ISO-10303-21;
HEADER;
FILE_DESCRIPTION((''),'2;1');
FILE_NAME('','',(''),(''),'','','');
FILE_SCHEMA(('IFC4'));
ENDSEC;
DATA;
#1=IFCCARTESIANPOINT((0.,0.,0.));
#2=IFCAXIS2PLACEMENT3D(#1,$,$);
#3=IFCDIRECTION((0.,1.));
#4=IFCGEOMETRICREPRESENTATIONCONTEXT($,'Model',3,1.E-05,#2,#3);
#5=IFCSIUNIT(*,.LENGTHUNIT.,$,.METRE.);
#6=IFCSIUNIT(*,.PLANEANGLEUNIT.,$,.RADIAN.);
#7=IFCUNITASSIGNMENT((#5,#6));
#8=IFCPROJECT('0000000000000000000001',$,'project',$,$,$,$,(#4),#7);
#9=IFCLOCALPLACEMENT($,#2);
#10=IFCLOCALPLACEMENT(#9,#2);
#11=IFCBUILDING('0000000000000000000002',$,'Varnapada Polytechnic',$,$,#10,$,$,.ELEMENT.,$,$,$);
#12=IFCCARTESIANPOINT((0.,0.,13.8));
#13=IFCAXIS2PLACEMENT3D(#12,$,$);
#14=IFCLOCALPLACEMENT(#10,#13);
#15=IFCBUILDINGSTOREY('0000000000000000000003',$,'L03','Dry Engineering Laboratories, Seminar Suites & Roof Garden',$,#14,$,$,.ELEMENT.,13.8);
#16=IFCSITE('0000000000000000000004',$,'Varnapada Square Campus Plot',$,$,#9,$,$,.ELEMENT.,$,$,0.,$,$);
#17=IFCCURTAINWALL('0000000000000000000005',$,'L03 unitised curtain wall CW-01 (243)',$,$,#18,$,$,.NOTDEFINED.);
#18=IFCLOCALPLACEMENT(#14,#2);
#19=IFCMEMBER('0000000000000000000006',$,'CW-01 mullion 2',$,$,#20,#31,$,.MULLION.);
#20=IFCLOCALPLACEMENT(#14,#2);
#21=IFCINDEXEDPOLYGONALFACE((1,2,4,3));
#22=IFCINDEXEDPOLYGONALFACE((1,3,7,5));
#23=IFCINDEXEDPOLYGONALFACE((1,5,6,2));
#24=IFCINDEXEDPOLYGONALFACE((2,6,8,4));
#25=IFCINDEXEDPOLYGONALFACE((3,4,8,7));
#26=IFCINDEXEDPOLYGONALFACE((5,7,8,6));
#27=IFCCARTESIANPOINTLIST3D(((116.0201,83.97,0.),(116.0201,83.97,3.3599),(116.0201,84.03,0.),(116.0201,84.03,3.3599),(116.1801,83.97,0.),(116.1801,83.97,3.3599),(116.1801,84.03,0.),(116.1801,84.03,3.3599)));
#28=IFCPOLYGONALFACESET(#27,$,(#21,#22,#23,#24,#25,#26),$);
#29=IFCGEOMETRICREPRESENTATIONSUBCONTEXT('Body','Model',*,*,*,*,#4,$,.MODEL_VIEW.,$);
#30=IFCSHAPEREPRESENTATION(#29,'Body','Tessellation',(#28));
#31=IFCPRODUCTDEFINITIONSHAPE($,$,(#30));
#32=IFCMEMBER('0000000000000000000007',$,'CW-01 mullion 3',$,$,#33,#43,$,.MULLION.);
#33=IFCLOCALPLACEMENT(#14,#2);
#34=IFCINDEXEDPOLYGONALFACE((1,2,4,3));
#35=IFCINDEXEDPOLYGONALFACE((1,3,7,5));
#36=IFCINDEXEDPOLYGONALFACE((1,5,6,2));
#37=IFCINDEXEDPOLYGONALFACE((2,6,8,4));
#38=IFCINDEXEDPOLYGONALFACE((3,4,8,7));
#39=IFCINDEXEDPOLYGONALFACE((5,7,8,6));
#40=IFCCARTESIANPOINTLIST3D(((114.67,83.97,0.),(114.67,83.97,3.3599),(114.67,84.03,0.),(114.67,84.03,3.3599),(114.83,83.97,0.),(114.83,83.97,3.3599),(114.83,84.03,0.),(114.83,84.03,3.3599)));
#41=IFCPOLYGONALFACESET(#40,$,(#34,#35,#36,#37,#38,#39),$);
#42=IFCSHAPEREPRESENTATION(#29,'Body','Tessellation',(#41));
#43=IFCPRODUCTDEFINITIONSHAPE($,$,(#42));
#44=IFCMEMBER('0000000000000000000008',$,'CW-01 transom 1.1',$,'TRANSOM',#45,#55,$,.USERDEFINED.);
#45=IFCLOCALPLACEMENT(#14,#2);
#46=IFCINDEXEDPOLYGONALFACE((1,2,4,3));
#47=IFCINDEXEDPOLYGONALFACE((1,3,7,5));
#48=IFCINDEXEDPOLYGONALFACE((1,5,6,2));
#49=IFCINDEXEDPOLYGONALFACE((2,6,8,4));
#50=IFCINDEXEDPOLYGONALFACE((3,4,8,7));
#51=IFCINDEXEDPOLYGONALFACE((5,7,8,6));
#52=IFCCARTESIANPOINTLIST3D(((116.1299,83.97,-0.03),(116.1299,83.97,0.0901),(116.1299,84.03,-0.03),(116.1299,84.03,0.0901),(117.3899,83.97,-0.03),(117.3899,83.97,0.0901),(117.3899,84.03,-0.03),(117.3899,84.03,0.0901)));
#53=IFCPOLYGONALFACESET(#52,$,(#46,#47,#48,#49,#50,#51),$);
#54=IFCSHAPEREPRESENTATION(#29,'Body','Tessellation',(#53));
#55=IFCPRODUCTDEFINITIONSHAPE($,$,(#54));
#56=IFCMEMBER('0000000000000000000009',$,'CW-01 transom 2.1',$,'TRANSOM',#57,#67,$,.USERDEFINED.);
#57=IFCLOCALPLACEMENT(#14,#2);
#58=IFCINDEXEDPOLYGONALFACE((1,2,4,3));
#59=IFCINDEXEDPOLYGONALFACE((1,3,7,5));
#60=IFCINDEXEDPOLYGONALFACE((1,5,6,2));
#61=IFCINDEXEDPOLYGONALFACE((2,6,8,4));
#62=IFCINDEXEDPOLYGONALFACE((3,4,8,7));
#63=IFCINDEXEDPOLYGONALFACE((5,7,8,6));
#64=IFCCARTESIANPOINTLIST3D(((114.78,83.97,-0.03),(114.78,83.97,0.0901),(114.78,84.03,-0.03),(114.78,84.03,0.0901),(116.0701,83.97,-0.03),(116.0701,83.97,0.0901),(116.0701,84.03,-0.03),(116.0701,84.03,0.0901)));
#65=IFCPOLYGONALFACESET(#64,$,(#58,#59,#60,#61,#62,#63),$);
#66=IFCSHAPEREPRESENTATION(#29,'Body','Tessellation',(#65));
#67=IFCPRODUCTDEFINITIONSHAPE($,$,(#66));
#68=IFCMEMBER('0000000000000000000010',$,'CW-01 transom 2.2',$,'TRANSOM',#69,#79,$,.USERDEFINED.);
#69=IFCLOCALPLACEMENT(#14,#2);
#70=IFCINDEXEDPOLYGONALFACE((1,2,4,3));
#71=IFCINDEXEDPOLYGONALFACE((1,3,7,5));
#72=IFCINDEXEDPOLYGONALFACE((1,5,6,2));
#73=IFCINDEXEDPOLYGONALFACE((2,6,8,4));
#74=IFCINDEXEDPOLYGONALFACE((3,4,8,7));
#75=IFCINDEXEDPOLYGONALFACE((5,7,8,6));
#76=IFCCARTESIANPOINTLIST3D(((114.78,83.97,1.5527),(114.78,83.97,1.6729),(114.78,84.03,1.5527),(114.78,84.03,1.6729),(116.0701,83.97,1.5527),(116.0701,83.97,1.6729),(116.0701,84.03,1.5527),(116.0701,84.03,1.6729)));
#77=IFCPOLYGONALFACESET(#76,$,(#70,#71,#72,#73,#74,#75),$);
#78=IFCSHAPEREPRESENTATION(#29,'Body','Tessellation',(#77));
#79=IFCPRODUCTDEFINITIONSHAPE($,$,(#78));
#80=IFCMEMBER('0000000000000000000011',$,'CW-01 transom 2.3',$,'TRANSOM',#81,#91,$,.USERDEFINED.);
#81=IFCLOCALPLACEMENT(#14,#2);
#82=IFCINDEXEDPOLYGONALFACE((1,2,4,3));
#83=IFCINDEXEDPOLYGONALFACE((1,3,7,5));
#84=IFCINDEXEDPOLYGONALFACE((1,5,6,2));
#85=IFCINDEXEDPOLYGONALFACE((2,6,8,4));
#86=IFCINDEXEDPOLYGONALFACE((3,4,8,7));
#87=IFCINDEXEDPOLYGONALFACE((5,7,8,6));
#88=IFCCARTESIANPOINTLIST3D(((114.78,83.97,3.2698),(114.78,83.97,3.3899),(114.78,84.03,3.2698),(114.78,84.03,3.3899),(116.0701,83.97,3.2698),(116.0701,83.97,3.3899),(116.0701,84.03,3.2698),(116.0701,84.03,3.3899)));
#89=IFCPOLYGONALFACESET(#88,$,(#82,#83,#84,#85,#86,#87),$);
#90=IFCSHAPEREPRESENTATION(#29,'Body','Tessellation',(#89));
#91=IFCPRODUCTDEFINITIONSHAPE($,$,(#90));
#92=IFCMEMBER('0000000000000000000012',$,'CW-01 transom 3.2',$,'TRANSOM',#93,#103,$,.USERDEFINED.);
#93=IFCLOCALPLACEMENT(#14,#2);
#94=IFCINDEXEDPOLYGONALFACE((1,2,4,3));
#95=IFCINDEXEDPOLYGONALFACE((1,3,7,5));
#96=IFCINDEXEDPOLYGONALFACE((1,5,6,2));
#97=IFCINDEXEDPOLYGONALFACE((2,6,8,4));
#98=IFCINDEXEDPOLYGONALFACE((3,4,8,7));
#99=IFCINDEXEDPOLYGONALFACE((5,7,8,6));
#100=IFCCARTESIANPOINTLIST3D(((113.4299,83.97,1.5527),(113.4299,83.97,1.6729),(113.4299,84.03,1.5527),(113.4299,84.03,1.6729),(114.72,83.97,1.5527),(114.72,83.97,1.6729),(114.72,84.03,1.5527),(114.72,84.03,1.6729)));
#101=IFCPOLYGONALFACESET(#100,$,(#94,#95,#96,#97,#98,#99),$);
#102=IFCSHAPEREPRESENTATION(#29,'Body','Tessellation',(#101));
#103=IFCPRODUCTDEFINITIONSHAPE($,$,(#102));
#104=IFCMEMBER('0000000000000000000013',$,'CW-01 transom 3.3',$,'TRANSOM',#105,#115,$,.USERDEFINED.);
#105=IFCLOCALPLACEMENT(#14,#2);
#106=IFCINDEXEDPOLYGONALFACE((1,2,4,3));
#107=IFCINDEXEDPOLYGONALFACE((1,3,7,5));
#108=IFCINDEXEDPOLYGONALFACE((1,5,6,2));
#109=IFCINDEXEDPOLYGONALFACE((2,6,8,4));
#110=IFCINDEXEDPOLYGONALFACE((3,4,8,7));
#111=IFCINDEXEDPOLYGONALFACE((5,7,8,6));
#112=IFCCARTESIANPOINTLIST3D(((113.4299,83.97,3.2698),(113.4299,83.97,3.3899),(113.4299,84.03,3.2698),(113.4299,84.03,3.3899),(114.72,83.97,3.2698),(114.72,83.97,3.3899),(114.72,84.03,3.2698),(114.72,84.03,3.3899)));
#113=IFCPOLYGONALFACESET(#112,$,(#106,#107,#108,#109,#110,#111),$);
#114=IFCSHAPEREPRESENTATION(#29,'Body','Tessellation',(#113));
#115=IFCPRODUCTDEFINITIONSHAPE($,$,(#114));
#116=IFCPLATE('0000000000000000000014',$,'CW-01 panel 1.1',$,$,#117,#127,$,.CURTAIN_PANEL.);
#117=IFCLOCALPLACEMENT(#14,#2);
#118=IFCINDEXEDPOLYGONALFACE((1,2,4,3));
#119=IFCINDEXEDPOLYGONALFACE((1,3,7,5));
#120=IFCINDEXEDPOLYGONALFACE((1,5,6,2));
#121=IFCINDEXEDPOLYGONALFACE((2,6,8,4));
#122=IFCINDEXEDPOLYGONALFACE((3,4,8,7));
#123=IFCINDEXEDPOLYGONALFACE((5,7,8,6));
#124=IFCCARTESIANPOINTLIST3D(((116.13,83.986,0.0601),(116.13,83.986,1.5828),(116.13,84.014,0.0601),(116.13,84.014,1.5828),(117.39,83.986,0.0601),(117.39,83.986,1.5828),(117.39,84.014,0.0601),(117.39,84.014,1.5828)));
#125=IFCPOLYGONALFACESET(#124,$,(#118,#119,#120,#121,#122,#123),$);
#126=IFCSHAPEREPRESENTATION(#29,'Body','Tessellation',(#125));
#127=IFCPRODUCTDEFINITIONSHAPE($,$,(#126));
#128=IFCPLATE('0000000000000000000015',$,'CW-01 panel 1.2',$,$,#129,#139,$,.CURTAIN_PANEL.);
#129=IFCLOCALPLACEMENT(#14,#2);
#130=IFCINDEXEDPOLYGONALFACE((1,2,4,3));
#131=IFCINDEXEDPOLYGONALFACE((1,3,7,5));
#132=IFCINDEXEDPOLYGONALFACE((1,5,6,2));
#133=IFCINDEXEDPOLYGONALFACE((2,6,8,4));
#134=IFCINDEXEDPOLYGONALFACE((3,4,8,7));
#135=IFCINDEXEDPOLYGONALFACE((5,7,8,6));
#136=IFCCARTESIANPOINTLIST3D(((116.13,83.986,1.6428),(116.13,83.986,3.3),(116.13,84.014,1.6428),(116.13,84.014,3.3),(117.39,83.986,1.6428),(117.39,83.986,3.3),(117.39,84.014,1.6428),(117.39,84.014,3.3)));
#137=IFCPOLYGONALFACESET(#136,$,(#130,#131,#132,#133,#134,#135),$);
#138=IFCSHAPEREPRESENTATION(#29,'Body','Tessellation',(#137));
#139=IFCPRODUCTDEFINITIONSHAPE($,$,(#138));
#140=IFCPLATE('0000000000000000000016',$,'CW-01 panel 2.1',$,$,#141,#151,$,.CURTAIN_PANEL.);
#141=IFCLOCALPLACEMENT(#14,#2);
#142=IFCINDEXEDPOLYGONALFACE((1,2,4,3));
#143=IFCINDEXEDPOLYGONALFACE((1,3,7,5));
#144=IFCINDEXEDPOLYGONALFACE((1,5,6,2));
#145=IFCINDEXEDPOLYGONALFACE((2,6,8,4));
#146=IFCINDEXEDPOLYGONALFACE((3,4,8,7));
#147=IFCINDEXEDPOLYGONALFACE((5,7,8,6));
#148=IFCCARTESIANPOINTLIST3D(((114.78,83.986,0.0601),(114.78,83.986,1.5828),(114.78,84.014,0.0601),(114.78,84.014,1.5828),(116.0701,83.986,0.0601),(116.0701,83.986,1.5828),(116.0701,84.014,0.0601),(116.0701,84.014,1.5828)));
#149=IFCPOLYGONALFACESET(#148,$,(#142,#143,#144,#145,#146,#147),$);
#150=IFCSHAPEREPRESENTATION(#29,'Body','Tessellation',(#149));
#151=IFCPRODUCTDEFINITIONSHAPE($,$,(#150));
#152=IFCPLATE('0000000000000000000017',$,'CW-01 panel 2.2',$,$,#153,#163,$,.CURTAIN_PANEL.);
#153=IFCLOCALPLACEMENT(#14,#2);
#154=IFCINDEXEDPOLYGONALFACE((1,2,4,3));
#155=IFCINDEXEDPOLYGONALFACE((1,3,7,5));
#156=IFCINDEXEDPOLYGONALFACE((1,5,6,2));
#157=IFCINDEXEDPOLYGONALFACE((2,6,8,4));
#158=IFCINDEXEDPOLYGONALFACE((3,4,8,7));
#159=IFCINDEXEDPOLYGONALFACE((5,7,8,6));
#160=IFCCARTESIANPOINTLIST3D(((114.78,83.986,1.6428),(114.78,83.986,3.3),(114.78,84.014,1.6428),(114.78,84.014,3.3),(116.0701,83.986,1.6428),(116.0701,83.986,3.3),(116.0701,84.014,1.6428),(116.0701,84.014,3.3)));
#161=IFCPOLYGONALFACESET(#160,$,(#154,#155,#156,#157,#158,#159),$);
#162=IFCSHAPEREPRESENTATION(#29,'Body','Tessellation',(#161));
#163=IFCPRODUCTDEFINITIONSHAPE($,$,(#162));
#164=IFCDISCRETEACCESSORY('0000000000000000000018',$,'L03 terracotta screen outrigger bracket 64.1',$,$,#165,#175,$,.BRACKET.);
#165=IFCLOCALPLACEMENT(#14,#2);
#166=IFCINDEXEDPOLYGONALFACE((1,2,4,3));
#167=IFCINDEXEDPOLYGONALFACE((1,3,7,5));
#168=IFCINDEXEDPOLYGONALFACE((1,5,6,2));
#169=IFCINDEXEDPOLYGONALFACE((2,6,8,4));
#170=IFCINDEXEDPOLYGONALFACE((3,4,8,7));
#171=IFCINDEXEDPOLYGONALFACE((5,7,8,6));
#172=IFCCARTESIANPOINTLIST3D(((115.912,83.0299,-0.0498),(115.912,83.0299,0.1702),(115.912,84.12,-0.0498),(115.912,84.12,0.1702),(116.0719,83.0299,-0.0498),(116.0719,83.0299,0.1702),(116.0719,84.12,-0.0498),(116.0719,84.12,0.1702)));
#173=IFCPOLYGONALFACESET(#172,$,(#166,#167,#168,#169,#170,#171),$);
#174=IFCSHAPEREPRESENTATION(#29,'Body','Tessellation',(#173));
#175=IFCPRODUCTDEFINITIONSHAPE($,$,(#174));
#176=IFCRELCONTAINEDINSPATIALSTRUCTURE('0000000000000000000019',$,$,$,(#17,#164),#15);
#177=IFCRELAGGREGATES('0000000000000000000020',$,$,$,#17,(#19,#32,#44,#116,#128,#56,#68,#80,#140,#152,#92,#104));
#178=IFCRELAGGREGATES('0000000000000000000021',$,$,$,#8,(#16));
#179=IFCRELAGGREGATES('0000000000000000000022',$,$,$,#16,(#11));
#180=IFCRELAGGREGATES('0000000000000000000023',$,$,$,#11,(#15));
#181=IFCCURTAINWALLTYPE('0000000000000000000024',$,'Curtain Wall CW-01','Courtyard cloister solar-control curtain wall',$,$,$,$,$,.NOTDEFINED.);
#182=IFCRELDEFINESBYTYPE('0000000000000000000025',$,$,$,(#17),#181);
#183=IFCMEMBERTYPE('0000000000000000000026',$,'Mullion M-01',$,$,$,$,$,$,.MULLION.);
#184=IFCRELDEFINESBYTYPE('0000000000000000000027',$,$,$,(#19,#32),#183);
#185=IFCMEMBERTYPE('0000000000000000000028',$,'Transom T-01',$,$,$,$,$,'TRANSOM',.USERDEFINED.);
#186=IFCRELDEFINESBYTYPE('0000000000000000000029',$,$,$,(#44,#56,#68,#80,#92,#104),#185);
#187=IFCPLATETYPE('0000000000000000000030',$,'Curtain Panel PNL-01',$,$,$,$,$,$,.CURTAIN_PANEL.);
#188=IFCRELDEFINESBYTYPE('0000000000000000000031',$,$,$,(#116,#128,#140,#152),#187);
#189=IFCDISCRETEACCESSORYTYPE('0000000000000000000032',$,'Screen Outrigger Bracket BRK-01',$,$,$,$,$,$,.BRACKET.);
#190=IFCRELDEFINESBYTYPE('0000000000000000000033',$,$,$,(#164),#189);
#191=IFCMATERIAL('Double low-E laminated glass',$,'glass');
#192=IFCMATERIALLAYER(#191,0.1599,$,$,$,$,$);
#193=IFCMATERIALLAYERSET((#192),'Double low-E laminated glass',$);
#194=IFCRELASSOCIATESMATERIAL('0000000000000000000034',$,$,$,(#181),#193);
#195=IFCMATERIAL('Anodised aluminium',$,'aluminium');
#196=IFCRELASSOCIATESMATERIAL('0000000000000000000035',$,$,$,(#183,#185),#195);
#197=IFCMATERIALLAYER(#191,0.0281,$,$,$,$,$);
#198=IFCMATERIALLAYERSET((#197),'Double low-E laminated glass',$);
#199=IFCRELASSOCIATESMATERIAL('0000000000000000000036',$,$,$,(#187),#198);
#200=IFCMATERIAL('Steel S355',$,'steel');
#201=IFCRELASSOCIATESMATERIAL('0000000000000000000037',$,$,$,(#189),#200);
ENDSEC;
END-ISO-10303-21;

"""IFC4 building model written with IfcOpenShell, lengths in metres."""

from ifc_helpers import new_model, si_unit, direction, frame, origin, origin_2d, place, context, subcontext, project, spatial, rectangle, extrude, material, layer, layer_set, material_profile, profile_set, type_object, element, aggregate, save


model = new_model("IFC4")

# Units and contexts
model_context = context("Model", 3, precision=1e-05, world=origin(), true_north=direction((0.0, 1.0)))
body_context = subcontext(model_context, "Body", "Model", "MODEL_VIEW")
ifc_project = project(units=[si_unit("LENGTHUNIT", "METRE"), si_unit("PLANEANGLEUNIT", "RADIAN")], contexts=[model_context])

# Site, building, storey
site_placement = place(None, origin())
site = spatial("IfcSite", under=ifc_project, at=site_placement, Name="Varnapada Square Campus Plot", CompositionType="ELEMENT", RefElevation=0.0)
building_placement = place(site_placement, origin())
building = spatial("IfcBuilding", under=site, at=building_placement, Name="Varnapada Polytechnic", CompositionType="ELEMENT")
storey_placement = place(building_placement, frame((0.0, 0.0, 13.8)))
storey = spatial("IfcBuildingStorey", under=building, at=storey_placement, Name="L03", Description="Dry Engineering Laboratories, Seminar Suites & Roof Garden", CompositionType="ELEMENT", Elevation=13.8)

# Curtain wall, members, plates
ifc_material_1 = material(Name="Double low-E laminated glass", Category="glass")
ifc_layer_1 = layer(ifc_material_1, 0.1599)
ifc_layer_set_1 = layer_set([ifc_layer_1], Name="Double low-E laminated glass")
curtain_wall_type = type_object("IfcCurtainWallType", Name="Curtain Wall CW-01", Description="Courtyard cloister solar-control curtain wall", PredefinedType="NOTDEFINED", material=ifc_layer_set_1)
curtain_wall_placement = place(storey_placement, origin())
curtain_wall = element("IfcCurtainWall", 1, at=curtain_wall_placement, inside=storey, type_object=curtain_wall_type, Name="L03 unitised curtain wall CW-01 (243)", PredefinedType="NOTDEFINED")
ifc_material_2 = material(Name="Anodised aluminium", Category="aluminium")
ifc_material_profile_1 = material_profile(ifc_material_2, rectangle(XDim=0.0601, YDim=0.1599, at=origin_2d()), Name="ALU M60x160")
ifc_profile_set_1 = profile_set([ifc_material_profile_1], Name="Anodised aluminium")
member_type_1 = type_object("IfcMemberType", Name="Mullion M-01", PredefinedType="MULLION", material=ifc_profile_set_1)
member_1_placement = place(storey_placement, frame((116.1001, 84.0, 0.0), z_axis=(0.0, 0.0, 1.0), x_axis=(0.0, -1.0, 0.0)))
member_1 = element("IfcMember", 2, at=member_1_placement, type_object=member_type_1, Name="CW-01 mullion 2", PredefinedType="MULLION", context=body_context, shape_type="SweptSolid", body=[
    extrude(rectangle(XDim=0.0601, YDim=0.1599, at=origin_2d()), origin(), (0.0, 0.0, 1.0), 3.3599),
])
member_2_placement = place(storey_placement, frame((114.75, 84.0, 0.0), z_axis=(0.0, 0.0, 1.0), x_axis=(0.0, -1.0, 0.0)))
member_2 = element("IfcMember", 3, at=member_2_placement, type_object=member_type_1, Name="CW-01 mullion 3", PredefinedType="MULLION", context=body_context, shape_type="SweptSolid", body=[
    extrude(rectangle(XDim=0.0601, YDim=0.1599, at=origin_2d()), origin(), (0.0, 0.0, 1.0), 3.3599),
])
ifc_material_profile_2 = material_profile(ifc_material_2, rectangle(XDim=0.0601, YDim=0.1201, at=origin_2d()), Name="ALU T60x120")
ifc_profile_set_2 = profile_set([ifc_material_profile_2], Name="Anodised aluminium")
member_type_2 = type_object("IfcMemberType", Name="Transom T-01", ElementType="TRANSOM", PredefinedType="USERDEFINED", material=ifc_profile_set_2)
member_3_placement = place(storey_placement, frame((117.3899, 84.0, 0.03), z_axis=(-1.0, 0.0, 0.0), x_axis=(0.0, -1.0, 0.0)))
member_3 = element("IfcMember", 4, at=member_3_placement, type_object=member_type_2, Name="CW-01 transom 1.1", ObjectType="TRANSOM", PredefinedType="USERDEFINED", context=body_context, shape_type="SweptSolid", body=[
    extrude(rectangle(XDim=0.0601, YDim=0.1201, at=origin_2d()), origin(), (0.0, 0.0, 1.0), 1.26),
])
member_4_placement = place(storey_placement, frame((116.0701, 84.0, 0.03), z_axis=(-1.0, 0.0, 0.0), x_axis=(0.0, -1.0, 0.0)))
member_4 = element("IfcMember", 5, at=member_4_placement, type_object=member_type_2, Name="CW-01 transom 2.1", ObjectType="TRANSOM", PredefinedType="USERDEFINED", context=body_context, shape_type="SweptSolid", body=[
    extrude(rectangle(XDim=0.0601, YDim=0.1201, at=origin_2d()), origin(), (0.0, 0.0, 1.0), 1.29),
])
member_5_placement = place(storey_placement, frame((116.0701, 84.0, 1.6128), z_axis=(-1.0, 0.0, 0.0), x_axis=(0.0, -1.0, 0.0)))
member_5 = element("IfcMember", 6, at=member_5_placement, type_object=member_type_2, Name="CW-01 transom 2.2", ObjectType="TRANSOM", PredefinedType="USERDEFINED", context=body_context, shape_type="SweptSolid", body=[
    extrude(rectangle(XDim=0.0601, YDim=0.1201, at=origin_2d()), origin(), (0.0, 0.0, 1.0), 1.29),
])
member_6_placement = place(storey_placement, frame((116.0701, 84.0, 3.3298), z_axis=(-1.0, 0.0, 0.0), x_axis=(0.0, -1.0, 0.0)))
member_6 = element("IfcMember", 7, at=member_6_placement, type_object=member_type_2, Name="CW-01 transom 2.3", ObjectType="TRANSOM", PredefinedType="USERDEFINED", context=body_context, shape_type="SweptSolid", body=[
    extrude(rectangle(XDim=0.0601, YDim=0.1201, at=origin_2d()), origin(), (0.0, 0.0, 1.0), 1.29),
])
member_7_placement = place(storey_placement, frame((114.72, 84.0, 1.6128), z_axis=(-1.0, 0.0, 0.0), x_axis=(0.0, -1.0, 0.0)))
member_7 = element("IfcMember", 8, at=member_7_placement, type_object=member_type_2, Name="CW-01 transom 3.2", ObjectType="TRANSOM", PredefinedType="USERDEFINED", context=body_context, shape_type="SweptSolid", body=[
    extrude(rectangle(XDim=0.0601, YDim=0.1201, at=origin_2d()), origin(), (0.0, 0.0, 1.0), 1.29),
])
member_8_placement = place(storey_placement, frame((114.72, 84.0, 3.3298), z_axis=(-1.0, 0.0, 0.0), x_axis=(0.0, -1.0, 0.0)))
member_8 = element("IfcMember", 9, at=member_8_placement, type_object=member_type_2, Name="CW-01 transom 3.3", ObjectType="TRANSOM", PredefinedType="USERDEFINED", context=body_context, shape_type="SweptSolid", body=[
    extrude(rectangle(XDim=0.0601, YDim=0.1201, at=origin_2d()), origin(), (0.0, 0.0, 1.0), 1.29),
])
ifc_layer_2 = layer(ifc_material_1, 0.0281)
ifc_layer_set_2 = layer_set([ifc_layer_2], Name="Double low-E laminated glass")
plate_type = type_object("IfcPlateType", Name="Curtain Panel PNL-01", PredefinedType="CURTAIN_PANEL", material=ifc_layer_set_2)
plate_1_placement = place(storey_placement, frame((116.76, 84.0, 0.0601), z_axis=(0.0, 0.0, 1.0), x_axis=(-1.0, 0.0, 0.0)))
plate_1 = element("IfcPlate", 10, at=plate_1_placement, type_object=plate_type, Name="CW-01 panel 1.1", PredefinedType="CURTAIN_PANEL", context=body_context, shape_type="SweptSolid", body=[
    extrude(rectangle(XDim=1.26, YDim=0.0281, at=origin_2d()), origin(), (0.0, 0.0, 1.0), 1.5227),
])
plate_2_placement = place(storey_placement, frame((116.76, 84.0, 1.6428), z_axis=(0.0, 0.0, 1.0), x_axis=(-1.0, 0.0, 0.0)))
plate_2 = element("IfcPlate", 11, at=plate_2_placement, type_object=plate_type, Name="CW-01 panel 1.2", PredefinedType="CURTAIN_PANEL", context=body_context, shape_type="SweptSolid", body=[
    extrude(rectangle(XDim=1.26, YDim=0.0281, at=origin_2d()), origin(), (0.0, 0.0, 1.0), 1.6572),
])
plate_3_placement = place(storey_placement, frame((115.425, 84.0, 0.0601), z_axis=(0.0, 0.0, 1.0), x_axis=(-1.0, 0.0, 0.0)))
plate_3 = element("IfcPlate", 12, at=plate_3_placement, type_object=plate_type, Name="CW-01 panel 2.1", PredefinedType="CURTAIN_PANEL", context=body_context, shape_type="SweptSolid", body=[
    extrude(rectangle(XDim=1.29, YDim=0.0281, at=origin_2d()), origin(), (0.0, 0.0, 1.0), 1.5227),
])
plate_4_placement = place(storey_placement, frame((115.425, 84.0, 1.6428), z_axis=(0.0, 0.0, 1.0), x_axis=(-1.0, 0.0, 0.0)))
plate_4 = element("IfcPlate", 13, at=plate_4_placement, type_object=plate_type, Name="CW-01 panel 2.2", PredefinedType="CURTAIN_PANEL", context=body_context, shape_type="SweptSolid", body=[
    extrude(rectangle(XDim=1.29, YDim=0.0281, at=origin_2d()), origin(), (0.0, 0.0, 1.0), 1.6572),
])
aggregate(curtain_wall, [member_1, member_2, member_3, plate_1, plate_2, member_4, member_5, member_6, plate_3, plate_4, member_7, member_8])

# Discrete accessory
ifc_material_3 = material(Name="Steel S355", Category="steel")
discrete_accessory_type = type_object("IfcDiscreteAccessoryType", Name="Screen Outrigger Bracket BRK-01", PredefinedType="BRACKET", material=ifc_material_3)
discrete_accessory_placement = place(storey_placement, frame((115.9919, 83.575, -0.0498), z_axis=(0.0, 0.0, 1.0), x_axis=(-1.0, 0.0, 0.0)))
element("IfcDiscreteAccessory", 14, at=discrete_accessory_placement, inside=storey, type_object=discrete_accessory_type, Name="L03 terracotta screen outrigger bracket 64.1", PredefinedType="BRACKET", context=body_context, shape_type="SweptSolid", body=[
    extrude(rectangle(XDim=0.1599, YDim=1.0901, at=origin_2d()), origin(), (0.0, 0.0, 1.0), 0.22),
])

save(model, "model.ifc")
